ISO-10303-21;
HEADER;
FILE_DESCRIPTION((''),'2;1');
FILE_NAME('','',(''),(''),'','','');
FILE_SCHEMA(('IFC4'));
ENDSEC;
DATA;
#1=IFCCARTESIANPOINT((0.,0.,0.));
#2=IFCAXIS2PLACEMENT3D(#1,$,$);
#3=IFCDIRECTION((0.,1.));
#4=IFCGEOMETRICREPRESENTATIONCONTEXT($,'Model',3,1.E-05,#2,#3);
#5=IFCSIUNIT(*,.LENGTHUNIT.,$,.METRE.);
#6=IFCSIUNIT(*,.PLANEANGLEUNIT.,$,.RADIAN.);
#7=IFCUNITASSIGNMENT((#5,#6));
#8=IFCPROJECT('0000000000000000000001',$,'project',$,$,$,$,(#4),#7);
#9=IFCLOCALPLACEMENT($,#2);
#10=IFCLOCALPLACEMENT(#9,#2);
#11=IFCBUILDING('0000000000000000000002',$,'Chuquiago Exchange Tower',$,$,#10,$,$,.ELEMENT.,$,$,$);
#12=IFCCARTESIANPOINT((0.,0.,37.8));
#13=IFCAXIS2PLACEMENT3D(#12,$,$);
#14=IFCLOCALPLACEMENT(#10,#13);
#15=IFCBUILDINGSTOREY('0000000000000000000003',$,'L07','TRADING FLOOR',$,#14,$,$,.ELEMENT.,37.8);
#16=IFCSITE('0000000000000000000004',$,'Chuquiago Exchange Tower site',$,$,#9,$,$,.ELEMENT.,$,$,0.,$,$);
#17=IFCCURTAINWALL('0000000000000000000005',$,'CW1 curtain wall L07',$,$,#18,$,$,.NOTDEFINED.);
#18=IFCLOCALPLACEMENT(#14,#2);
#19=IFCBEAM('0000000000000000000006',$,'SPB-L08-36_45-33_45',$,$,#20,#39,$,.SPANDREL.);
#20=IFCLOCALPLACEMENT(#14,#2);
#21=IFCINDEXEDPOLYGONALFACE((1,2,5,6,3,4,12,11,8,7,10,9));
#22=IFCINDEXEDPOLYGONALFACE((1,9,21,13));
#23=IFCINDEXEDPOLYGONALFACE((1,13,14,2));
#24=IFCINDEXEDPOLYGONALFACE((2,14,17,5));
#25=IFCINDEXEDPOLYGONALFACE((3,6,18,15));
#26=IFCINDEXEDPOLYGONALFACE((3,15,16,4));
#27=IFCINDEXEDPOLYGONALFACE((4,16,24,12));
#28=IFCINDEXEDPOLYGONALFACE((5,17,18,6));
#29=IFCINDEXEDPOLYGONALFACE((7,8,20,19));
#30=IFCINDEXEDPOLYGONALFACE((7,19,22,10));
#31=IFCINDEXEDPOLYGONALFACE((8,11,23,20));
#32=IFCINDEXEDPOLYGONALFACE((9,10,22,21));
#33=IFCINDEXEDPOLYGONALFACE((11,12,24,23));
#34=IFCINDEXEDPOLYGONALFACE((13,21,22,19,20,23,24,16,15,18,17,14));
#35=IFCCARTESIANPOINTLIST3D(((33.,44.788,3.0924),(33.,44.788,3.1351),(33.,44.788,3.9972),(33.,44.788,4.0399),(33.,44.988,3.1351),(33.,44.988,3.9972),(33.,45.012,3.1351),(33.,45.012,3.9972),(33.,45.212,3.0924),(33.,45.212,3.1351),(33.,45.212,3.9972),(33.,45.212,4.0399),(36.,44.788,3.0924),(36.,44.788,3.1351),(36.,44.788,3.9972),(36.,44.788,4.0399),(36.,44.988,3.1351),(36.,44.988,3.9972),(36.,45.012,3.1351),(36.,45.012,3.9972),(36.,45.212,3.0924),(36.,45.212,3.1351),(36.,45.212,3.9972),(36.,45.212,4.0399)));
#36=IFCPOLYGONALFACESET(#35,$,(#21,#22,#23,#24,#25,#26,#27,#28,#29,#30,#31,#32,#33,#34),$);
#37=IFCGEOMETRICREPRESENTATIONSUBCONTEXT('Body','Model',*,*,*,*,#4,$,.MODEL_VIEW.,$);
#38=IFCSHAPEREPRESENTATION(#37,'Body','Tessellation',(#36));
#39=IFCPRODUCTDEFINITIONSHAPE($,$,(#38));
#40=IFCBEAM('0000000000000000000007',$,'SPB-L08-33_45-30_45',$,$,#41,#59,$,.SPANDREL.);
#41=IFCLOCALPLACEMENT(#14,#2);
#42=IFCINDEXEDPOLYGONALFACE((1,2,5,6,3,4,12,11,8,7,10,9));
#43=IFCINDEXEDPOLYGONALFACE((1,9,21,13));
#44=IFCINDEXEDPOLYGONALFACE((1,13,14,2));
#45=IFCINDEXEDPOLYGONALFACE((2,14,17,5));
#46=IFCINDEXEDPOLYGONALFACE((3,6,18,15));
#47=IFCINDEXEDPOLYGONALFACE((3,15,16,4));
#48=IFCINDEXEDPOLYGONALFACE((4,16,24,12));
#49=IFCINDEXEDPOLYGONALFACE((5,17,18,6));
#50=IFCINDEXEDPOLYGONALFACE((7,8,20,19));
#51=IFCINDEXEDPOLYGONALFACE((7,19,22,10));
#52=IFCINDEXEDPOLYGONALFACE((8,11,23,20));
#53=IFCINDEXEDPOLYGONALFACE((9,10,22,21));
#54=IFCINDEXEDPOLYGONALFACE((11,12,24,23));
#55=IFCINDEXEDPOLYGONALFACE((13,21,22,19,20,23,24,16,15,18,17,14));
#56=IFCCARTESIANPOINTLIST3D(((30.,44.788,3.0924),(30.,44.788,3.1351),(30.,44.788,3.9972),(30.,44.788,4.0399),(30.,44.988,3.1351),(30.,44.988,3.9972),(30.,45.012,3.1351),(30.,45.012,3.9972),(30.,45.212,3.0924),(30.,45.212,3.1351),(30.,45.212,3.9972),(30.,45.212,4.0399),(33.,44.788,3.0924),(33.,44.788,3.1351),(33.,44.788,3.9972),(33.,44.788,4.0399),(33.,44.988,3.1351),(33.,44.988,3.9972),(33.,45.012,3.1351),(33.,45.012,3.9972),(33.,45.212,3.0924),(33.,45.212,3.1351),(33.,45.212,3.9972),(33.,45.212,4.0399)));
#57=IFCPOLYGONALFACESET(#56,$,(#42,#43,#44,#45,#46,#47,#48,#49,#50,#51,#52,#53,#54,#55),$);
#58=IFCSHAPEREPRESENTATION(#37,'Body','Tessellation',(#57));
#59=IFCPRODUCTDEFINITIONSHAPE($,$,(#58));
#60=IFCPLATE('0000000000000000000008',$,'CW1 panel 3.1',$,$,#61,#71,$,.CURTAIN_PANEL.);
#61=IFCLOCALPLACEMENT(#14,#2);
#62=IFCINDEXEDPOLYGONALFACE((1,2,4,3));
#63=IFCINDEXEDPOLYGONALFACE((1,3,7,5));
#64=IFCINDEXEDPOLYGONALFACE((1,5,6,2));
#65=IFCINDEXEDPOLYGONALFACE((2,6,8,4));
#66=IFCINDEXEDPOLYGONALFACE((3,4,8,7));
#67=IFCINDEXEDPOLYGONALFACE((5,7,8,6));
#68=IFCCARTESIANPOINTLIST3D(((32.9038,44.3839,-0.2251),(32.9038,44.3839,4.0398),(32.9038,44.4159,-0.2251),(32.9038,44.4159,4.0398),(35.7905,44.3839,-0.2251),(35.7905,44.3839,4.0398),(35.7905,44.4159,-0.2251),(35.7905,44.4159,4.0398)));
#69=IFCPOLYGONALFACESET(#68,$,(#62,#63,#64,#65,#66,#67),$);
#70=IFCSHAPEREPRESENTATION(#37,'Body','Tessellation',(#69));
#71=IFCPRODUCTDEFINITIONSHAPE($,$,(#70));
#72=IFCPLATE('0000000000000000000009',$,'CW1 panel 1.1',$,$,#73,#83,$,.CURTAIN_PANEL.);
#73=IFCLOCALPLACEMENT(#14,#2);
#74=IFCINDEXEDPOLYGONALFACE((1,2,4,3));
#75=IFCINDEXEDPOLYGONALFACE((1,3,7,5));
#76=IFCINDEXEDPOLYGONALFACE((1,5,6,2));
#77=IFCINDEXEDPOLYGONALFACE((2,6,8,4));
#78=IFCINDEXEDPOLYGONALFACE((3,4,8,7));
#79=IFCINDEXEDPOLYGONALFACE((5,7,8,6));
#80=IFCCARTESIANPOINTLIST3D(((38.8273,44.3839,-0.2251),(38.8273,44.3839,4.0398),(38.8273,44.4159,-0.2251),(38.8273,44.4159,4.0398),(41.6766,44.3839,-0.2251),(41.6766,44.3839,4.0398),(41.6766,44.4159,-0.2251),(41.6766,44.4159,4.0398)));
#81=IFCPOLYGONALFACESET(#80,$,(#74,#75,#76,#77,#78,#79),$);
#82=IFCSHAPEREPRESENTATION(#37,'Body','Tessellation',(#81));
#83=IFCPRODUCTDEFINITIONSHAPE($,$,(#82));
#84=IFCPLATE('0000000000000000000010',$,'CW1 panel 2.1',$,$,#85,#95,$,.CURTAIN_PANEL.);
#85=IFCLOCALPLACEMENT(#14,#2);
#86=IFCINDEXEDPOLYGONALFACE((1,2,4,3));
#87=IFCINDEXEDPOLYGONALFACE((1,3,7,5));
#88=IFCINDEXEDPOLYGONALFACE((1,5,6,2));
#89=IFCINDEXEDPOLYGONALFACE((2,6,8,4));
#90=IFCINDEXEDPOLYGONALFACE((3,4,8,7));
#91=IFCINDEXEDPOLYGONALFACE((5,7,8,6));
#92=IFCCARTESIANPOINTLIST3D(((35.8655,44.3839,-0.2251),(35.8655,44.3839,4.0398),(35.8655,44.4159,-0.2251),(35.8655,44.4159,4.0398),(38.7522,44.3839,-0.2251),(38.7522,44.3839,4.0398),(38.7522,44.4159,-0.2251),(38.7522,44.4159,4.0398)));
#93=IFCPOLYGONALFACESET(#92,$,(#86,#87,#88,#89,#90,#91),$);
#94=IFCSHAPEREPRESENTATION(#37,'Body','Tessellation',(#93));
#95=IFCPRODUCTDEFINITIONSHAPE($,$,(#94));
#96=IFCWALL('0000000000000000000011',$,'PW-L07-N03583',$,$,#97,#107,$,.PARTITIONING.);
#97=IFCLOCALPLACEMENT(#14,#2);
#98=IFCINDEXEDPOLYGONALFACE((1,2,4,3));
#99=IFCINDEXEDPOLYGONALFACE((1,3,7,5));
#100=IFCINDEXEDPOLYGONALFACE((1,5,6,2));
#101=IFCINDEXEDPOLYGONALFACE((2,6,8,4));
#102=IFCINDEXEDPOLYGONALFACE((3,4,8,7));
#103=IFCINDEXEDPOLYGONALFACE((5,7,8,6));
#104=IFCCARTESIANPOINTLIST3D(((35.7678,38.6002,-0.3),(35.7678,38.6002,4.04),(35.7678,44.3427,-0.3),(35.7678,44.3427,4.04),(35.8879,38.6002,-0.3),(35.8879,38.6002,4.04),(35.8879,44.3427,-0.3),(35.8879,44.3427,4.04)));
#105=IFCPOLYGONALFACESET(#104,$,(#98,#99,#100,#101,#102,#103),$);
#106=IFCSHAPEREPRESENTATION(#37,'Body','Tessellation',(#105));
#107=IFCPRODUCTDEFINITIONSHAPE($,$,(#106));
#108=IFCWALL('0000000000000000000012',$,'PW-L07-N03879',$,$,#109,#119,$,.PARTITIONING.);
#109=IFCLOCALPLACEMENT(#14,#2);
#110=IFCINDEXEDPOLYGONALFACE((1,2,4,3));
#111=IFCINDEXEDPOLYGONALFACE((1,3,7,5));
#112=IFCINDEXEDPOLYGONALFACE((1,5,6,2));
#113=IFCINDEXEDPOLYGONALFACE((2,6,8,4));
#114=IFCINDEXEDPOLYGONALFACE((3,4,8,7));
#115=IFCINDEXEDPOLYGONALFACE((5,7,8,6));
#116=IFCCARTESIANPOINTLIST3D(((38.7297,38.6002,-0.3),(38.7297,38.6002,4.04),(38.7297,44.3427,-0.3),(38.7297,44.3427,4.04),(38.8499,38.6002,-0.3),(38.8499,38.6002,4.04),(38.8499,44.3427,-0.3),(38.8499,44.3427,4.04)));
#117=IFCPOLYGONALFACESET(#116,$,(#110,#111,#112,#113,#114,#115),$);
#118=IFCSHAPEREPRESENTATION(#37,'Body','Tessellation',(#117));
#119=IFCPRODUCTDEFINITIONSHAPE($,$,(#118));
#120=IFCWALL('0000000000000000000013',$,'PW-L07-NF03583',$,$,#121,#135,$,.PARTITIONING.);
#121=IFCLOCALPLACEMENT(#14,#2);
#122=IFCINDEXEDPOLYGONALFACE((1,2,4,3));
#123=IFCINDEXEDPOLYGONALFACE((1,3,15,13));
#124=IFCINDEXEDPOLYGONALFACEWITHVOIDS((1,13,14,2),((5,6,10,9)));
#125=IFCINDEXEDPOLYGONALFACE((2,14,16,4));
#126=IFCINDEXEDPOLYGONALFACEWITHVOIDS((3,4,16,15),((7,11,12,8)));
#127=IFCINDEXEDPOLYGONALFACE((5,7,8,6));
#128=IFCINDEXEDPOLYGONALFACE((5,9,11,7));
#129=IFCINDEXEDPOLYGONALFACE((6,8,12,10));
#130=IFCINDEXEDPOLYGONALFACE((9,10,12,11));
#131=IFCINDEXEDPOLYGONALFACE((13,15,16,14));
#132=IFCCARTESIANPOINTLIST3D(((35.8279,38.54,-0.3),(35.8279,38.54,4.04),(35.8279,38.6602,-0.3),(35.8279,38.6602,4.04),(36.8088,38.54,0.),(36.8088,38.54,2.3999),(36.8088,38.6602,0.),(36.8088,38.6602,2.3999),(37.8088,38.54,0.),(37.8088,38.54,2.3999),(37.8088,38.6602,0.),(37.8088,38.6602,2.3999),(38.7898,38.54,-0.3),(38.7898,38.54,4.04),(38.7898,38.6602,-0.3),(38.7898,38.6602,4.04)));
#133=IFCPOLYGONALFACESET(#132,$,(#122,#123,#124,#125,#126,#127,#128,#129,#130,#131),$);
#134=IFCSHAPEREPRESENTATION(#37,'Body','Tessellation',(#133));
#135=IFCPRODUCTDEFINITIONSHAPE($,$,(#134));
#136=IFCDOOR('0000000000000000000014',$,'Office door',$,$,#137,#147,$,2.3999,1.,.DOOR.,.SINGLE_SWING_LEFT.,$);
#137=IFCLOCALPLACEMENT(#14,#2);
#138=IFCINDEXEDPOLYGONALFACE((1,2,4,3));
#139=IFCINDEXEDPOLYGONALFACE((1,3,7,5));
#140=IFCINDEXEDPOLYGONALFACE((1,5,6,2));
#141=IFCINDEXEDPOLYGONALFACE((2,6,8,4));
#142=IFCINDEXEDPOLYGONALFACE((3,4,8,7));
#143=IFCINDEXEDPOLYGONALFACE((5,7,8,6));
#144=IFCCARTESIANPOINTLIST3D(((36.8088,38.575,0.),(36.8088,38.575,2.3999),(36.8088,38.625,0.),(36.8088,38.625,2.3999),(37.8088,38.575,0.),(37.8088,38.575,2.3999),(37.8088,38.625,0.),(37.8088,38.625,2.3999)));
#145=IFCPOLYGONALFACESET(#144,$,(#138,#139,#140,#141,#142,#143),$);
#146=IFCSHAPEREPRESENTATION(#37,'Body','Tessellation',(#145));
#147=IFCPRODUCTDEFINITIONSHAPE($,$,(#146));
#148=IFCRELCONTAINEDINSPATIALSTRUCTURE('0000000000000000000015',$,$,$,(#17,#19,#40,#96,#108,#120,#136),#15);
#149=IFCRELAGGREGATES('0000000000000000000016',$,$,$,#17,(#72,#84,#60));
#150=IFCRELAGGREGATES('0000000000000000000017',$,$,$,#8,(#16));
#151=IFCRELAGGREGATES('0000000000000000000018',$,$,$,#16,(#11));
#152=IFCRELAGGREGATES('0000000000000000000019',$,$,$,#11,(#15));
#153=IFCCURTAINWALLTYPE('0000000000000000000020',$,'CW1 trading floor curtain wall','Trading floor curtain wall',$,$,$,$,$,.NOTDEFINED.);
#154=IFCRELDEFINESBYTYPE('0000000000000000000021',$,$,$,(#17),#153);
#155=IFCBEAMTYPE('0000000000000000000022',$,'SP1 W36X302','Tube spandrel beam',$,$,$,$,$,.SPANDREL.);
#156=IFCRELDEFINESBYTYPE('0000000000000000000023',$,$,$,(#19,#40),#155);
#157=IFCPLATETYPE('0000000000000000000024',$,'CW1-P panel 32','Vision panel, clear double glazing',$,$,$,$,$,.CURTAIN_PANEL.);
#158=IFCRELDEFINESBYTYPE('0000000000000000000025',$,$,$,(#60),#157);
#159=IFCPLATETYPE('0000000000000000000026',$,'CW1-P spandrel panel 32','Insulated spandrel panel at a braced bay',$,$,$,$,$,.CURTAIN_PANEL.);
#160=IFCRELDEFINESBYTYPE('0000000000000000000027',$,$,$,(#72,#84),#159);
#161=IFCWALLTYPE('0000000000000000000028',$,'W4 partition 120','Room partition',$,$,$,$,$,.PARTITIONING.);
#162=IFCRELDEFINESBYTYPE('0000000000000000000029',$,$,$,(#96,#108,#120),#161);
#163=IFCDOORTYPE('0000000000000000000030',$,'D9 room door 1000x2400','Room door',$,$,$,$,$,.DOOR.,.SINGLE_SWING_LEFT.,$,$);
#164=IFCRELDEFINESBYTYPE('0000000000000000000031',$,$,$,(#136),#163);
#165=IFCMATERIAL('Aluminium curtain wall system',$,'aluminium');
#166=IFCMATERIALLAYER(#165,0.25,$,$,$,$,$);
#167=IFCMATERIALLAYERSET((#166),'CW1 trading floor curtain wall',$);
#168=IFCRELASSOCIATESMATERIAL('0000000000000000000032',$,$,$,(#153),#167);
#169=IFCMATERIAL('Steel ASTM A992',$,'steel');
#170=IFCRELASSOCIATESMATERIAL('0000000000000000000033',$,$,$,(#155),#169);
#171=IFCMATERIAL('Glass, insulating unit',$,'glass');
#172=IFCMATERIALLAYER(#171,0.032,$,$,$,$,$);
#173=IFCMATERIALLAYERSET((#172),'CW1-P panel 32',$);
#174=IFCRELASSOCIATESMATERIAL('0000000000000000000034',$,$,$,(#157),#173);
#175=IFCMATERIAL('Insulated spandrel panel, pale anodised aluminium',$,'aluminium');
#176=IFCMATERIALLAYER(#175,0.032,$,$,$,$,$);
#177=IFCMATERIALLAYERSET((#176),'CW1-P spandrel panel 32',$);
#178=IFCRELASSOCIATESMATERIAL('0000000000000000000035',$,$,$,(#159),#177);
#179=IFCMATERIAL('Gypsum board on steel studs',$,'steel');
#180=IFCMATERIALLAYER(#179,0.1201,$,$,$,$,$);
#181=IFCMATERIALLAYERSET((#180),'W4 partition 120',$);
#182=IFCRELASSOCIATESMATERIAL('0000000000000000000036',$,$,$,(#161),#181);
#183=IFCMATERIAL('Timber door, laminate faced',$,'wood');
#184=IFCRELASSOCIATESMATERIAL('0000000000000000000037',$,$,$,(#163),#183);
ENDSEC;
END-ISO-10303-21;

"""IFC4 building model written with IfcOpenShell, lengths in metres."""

from ifc_helpers import new_model, si_unit, direction, frame, frame_2d, origin, origin_2d, place, context, subcontext, project, spatial, rectangle, i_section, extrude, material, layer, layer_set, material_profile, profile_set, type_object, element, fill, aggregate, save


model = new_model("IFC4")

# Units and contexts
model_context = context("Model", 3, precision=1e-05, world=origin(), true_north=direction((0.0, 1.0)))
body_context = subcontext(model_context, "Body", "Model", "MODEL_VIEW")
ifc_project = project(units=[si_unit("LENGTHUNIT", "METRE"), si_unit("PLANEANGLEUNIT", "RADIAN")], contexts=[model_context])

# Site, building, storey
site_placement = place(None, origin())
site = spatial("IfcSite", under=ifc_project, at=site_placement, Name="Chuquiago Exchange Tower site", CompositionType="ELEMENT", RefElevation=0.0)
building_placement = place(site_placement, origin())
building = spatial("IfcBuilding", under=site, at=building_placement, Name="Chuquiago Exchange Tower", CompositionType="ELEMENT")
storey_placement = place(building_placement, frame((0.0, 0.0, 37.8)))
storey = spatial("IfcBuildingStorey", under=building, at=storey_placement, Name="L07", Description="TRADING FLOOR", CompositionType="ELEMENT", Elevation=37.8)

# Curtain wall
ifc_material_1 = material(Name="Aluminium curtain wall system", Category="aluminium")
ifc_layer_1 = layer(ifc_material_1, 0.25)
ifc_layer_set_1 = layer_set([ifc_layer_1], Name="CW1 trading floor curtain wall")
curtain_wall_type = type_object("IfcCurtainWallType", Name="CW1 trading floor curtain wall", Description="Trading floor curtain wall", PredefinedType="NOTDEFINED", material=ifc_layer_set_1)
curtain_wall_placement = place(storey_placement, origin())
curtain_wall = element("IfcCurtainWall", 1, at=curtain_wall_placement, inside=storey, type_object=curtain_wall_type, Name="CW1 curtain wall L07", PredefinedType="NOTDEFINED")

# Beams
ifc_material_2 = material(Name="Steel ASTM A992", Category="steel")
ifc_material_profile_1 = material_profile(ifc_material_2, i_section(OverallWidth=0.4241, OverallDepth=0.9475, WebThickness=0.0239, FlangeThickness=0.0427, at=origin_2d()), Name="W36X302")
ifc_profile_set_1 = profile_set([ifc_material_profile_1], Name="Steel ASTM A992")
beam_type_1 = type_object("IfcBeamType", Name="SP1 W36X302", Description="Tube spandrel beam", PredefinedType="SPANDREL", material=ifc_profile_set_1)
for number, where, z_axis, x_axis, name in (
    (2, (36.0, 45.0, 3.5662), (-1.0, 0.0, 0.0), (0.0, -1.0, 0.0), "SPB-L08-36_45-33_45"),
    (3, (33.0, 45.0, 3.5662), (-1.0, 0.0, 0.0), (0.0, -1.0, 0.0), "SPB-L08-33_45-30_45"),
):
    element("IfcBeam", number, at=place(storey_placement, frame(where, z_axis=z_axis, x_axis=x_axis)), inside=storey, type_object=beam_type_1, Name=name, PredefinedType="SPANDREL", context=body_context, shape_type="SweptSolid", body=[
        extrude(i_section(OverallWidth=0.4241, OverallDepth=0.9475, WebThickness=0.0239, FlangeThickness=0.0427, at=origin_2d()), origin(), (0.0, 0.0, 1.0), 3.0),
    ])

# Plates
ifc_material_3 = material(Name="Glass, insulating unit", Category="glass")
ifc_layer_2 = layer(ifc_material_3, 0.032)
ifc_layer_set_2 = layer_set([ifc_layer_2], Name="CW1-P panel 32")
plate_type_1 = type_object("IfcPlateType", Name="CW1-P panel 32", Description="Vision panel, clear double glazing", PredefinedType="CURTAIN_PANEL", material=ifc_layer_set_2)
plate_1_placement = place(storey_placement, frame((34.3472, 44.3999, -0.2251), z_axis=(0.0, 0.0, 1.0), x_axis=(-1.0, 0.0, 0.0)))
plate_1 = element("IfcPlate", 4, at=plate_1_placement, type_object=plate_type_1, Name="CW1 panel 3.1", PredefinedType="CURTAIN_PANEL", context=body_context, shape_type="SweptSolid", body=[
    extrude(rectangle(XDim=2.8867, YDim=0.032, at=origin_2d()), origin(), (0.0, 0.0, 1.0), 4.2649),
])
ifc_material_4 = material(Name="Insulated spandrel panel, pale anodised aluminium", Category="aluminium")
ifc_layer_3 = layer(ifc_material_4, 0.032)
ifc_layer_set_3 = layer_set([ifc_layer_3], Name="CW1-P spandrel panel 32")
plate_type_2 = type_object("IfcPlateType", Name="CW1-P spandrel panel 32", Description="Insulated spandrel panel at a braced bay", PredefinedType="CURTAIN_PANEL", material=ifc_layer_set_3)
plate_2_placement = place(storey_placement, frame((40.252, 44.3999, -0.2251), z_axis=(0.0, 0.0, 1.0), x_axis=(-1.0, 0.0, 0.0)))
plate_2 = element("IfcPlate", 5, at=plate_2_placement, type_object=plate_type_2, Name="CW1 panel 1.1", PredefinedType="CURTAIN_PANEL", context=body_context, shape_type="SweptSolid", body=[
    extrude(rectangle(XDim=2.8494, YDim=0.032, at=origin_2d()), origin(), (0.0, 0.0, 1.0), 4.2649),
])
plate_3_placement = place(storey_placement, frame((37.3088, 44.3999, -0.2251), z_axis=(0.0, 0.0, 1.0), x_axis=(-1.0, 0.0, 0.0)))
plate_3 = element("IfcPlate", 6, at=plate_3_placement, type_object=plate_type_2, Name="CW1 panel 2.1", PredefinedType="CURTAIN_PANEL", context=body_context, shape_type="SweptSolid", body=[
    extrude(rectangle(XDim=2.8867, YDim=0.032, at=origin_2d()), origin(), (0.0, 0.0, 1.0), 4.2649),
])
aggregate(curtain_wall, [plate_2, plate_3, plate_1])

# Walls
ifc_material_5 = material(Name="Gypsum board on steel studs", Category="steel")
ifc_layer_4 = layer(ifc_material_5, 0.1201)
ifc_layer_set_4 = layer_set([ifc_layer_4], Name="W4 partition 120")
wall_type = type_object("IfcWallType", Name="W4 partition 120", Description="Room partition", PredefinedType="PARTITIONING", material=ifc_layer_set_4)
for number, where, z_axis, x_axis, name in (
    (7, (35.8279, 44.3425, -0.3), (0.0, 0.0, 1.0), (0.0, -1.0, 0.0), "PW-L07-N03583"),
    (8, (38.7898, 44.3425, -0.3), (0.0, 0.0, 1.0), (0.0, -1.0, 0.0), "PW-L07-N03879"),
):
    element("IfcWall", number, at=place(storey_placement, frame(where, z_axis=z_axis, x_axis=x_axis)), inside=storey, type_object=wall_type, Name=name, PredefinedType="PARTITIONING", context=body_context, shape_type="SweptSolid", body=[
        extrude(rectangle(XDim=5.7424, YDim=0.1201, at=frame_2d((2.8711, 0.0))), origin(), (0.0, 0.0, 1.0), 4.3401),
    ])

# Wall, opening, door
wall_placement = place(storey_placement, frame((35.8279, 38.6001, -0.3), z_axis=(0.0, 0.0, 1.0), x_axis=(1.0, 0.0, 0.0)))
wall = element("IfcWall", 9, at=wall_placement, inside=storey, type_object=wall_type, Name="PW-L07-NF03583", PredefinedType="PARTITIONING", context=body_context, shape_type="SweptSolid", body=[
    extrude(rectangle(XDim=2.9619, YDim=0.1201, at=frame_2d((1.481, 0.0))), origin(), (0.0, 0.0, 1.0), 4.3401),
])
opening_placement = place(wall_placement, frame((0.981, 0.0, 0.3)))
opening = element("IfcOpeningElement", 10, at=opening_placement, cuts=wall, PredefinedType="OPENING", context=body_context, shape_type="SweptSolid", body=[
    extrude(rectangle(XDim=1.0, YDim=2.3999, at=frame_2d((0.5, 1.2))), frame((0.0, 0.0701, 0.0), z_axis=(0.0, -1.0, 0.0), x_axis=(1.0, 0.0, 0.0)), (0.0, 0.0, 1.0), 0.1401),
])
ifc_material_6 = material(Name="Timber door, laminate faced", Category="wood")
door_type = type_object("IfcDoorType", Name="D9 room door 1000x2400", Description="Room door", OperationType="SINGLE_SWING_LEFT", PredefinedType="DOOR", material=ifc_material_6)
door_placement = place(opening_placement, origin())
door = element("IfcDoor", 11, at=door_placement, inside=storey, type_object=door_type, Name="Office door", OperationType="SINGLE_SWING_LEFT", OverallHeight=2.3999, OverallWidth=1.0, PredefinedType="DOOR", context=body_context, shape_type="SweptSolid", body=[
    extrude(rectangle(XDim=1.0, YDim=2.3999, at=frame_2d((0.5, 1.2))), frame((0.0, 0.0249, 0.0), z_axis=(0.0, -1.0, 0.0), x_axis=(1.0, 0.0, 0.0)), (0.0, 0.0, 1.0), 0.05),
])
fill(opening, door)

save(model, "model.ifc")
